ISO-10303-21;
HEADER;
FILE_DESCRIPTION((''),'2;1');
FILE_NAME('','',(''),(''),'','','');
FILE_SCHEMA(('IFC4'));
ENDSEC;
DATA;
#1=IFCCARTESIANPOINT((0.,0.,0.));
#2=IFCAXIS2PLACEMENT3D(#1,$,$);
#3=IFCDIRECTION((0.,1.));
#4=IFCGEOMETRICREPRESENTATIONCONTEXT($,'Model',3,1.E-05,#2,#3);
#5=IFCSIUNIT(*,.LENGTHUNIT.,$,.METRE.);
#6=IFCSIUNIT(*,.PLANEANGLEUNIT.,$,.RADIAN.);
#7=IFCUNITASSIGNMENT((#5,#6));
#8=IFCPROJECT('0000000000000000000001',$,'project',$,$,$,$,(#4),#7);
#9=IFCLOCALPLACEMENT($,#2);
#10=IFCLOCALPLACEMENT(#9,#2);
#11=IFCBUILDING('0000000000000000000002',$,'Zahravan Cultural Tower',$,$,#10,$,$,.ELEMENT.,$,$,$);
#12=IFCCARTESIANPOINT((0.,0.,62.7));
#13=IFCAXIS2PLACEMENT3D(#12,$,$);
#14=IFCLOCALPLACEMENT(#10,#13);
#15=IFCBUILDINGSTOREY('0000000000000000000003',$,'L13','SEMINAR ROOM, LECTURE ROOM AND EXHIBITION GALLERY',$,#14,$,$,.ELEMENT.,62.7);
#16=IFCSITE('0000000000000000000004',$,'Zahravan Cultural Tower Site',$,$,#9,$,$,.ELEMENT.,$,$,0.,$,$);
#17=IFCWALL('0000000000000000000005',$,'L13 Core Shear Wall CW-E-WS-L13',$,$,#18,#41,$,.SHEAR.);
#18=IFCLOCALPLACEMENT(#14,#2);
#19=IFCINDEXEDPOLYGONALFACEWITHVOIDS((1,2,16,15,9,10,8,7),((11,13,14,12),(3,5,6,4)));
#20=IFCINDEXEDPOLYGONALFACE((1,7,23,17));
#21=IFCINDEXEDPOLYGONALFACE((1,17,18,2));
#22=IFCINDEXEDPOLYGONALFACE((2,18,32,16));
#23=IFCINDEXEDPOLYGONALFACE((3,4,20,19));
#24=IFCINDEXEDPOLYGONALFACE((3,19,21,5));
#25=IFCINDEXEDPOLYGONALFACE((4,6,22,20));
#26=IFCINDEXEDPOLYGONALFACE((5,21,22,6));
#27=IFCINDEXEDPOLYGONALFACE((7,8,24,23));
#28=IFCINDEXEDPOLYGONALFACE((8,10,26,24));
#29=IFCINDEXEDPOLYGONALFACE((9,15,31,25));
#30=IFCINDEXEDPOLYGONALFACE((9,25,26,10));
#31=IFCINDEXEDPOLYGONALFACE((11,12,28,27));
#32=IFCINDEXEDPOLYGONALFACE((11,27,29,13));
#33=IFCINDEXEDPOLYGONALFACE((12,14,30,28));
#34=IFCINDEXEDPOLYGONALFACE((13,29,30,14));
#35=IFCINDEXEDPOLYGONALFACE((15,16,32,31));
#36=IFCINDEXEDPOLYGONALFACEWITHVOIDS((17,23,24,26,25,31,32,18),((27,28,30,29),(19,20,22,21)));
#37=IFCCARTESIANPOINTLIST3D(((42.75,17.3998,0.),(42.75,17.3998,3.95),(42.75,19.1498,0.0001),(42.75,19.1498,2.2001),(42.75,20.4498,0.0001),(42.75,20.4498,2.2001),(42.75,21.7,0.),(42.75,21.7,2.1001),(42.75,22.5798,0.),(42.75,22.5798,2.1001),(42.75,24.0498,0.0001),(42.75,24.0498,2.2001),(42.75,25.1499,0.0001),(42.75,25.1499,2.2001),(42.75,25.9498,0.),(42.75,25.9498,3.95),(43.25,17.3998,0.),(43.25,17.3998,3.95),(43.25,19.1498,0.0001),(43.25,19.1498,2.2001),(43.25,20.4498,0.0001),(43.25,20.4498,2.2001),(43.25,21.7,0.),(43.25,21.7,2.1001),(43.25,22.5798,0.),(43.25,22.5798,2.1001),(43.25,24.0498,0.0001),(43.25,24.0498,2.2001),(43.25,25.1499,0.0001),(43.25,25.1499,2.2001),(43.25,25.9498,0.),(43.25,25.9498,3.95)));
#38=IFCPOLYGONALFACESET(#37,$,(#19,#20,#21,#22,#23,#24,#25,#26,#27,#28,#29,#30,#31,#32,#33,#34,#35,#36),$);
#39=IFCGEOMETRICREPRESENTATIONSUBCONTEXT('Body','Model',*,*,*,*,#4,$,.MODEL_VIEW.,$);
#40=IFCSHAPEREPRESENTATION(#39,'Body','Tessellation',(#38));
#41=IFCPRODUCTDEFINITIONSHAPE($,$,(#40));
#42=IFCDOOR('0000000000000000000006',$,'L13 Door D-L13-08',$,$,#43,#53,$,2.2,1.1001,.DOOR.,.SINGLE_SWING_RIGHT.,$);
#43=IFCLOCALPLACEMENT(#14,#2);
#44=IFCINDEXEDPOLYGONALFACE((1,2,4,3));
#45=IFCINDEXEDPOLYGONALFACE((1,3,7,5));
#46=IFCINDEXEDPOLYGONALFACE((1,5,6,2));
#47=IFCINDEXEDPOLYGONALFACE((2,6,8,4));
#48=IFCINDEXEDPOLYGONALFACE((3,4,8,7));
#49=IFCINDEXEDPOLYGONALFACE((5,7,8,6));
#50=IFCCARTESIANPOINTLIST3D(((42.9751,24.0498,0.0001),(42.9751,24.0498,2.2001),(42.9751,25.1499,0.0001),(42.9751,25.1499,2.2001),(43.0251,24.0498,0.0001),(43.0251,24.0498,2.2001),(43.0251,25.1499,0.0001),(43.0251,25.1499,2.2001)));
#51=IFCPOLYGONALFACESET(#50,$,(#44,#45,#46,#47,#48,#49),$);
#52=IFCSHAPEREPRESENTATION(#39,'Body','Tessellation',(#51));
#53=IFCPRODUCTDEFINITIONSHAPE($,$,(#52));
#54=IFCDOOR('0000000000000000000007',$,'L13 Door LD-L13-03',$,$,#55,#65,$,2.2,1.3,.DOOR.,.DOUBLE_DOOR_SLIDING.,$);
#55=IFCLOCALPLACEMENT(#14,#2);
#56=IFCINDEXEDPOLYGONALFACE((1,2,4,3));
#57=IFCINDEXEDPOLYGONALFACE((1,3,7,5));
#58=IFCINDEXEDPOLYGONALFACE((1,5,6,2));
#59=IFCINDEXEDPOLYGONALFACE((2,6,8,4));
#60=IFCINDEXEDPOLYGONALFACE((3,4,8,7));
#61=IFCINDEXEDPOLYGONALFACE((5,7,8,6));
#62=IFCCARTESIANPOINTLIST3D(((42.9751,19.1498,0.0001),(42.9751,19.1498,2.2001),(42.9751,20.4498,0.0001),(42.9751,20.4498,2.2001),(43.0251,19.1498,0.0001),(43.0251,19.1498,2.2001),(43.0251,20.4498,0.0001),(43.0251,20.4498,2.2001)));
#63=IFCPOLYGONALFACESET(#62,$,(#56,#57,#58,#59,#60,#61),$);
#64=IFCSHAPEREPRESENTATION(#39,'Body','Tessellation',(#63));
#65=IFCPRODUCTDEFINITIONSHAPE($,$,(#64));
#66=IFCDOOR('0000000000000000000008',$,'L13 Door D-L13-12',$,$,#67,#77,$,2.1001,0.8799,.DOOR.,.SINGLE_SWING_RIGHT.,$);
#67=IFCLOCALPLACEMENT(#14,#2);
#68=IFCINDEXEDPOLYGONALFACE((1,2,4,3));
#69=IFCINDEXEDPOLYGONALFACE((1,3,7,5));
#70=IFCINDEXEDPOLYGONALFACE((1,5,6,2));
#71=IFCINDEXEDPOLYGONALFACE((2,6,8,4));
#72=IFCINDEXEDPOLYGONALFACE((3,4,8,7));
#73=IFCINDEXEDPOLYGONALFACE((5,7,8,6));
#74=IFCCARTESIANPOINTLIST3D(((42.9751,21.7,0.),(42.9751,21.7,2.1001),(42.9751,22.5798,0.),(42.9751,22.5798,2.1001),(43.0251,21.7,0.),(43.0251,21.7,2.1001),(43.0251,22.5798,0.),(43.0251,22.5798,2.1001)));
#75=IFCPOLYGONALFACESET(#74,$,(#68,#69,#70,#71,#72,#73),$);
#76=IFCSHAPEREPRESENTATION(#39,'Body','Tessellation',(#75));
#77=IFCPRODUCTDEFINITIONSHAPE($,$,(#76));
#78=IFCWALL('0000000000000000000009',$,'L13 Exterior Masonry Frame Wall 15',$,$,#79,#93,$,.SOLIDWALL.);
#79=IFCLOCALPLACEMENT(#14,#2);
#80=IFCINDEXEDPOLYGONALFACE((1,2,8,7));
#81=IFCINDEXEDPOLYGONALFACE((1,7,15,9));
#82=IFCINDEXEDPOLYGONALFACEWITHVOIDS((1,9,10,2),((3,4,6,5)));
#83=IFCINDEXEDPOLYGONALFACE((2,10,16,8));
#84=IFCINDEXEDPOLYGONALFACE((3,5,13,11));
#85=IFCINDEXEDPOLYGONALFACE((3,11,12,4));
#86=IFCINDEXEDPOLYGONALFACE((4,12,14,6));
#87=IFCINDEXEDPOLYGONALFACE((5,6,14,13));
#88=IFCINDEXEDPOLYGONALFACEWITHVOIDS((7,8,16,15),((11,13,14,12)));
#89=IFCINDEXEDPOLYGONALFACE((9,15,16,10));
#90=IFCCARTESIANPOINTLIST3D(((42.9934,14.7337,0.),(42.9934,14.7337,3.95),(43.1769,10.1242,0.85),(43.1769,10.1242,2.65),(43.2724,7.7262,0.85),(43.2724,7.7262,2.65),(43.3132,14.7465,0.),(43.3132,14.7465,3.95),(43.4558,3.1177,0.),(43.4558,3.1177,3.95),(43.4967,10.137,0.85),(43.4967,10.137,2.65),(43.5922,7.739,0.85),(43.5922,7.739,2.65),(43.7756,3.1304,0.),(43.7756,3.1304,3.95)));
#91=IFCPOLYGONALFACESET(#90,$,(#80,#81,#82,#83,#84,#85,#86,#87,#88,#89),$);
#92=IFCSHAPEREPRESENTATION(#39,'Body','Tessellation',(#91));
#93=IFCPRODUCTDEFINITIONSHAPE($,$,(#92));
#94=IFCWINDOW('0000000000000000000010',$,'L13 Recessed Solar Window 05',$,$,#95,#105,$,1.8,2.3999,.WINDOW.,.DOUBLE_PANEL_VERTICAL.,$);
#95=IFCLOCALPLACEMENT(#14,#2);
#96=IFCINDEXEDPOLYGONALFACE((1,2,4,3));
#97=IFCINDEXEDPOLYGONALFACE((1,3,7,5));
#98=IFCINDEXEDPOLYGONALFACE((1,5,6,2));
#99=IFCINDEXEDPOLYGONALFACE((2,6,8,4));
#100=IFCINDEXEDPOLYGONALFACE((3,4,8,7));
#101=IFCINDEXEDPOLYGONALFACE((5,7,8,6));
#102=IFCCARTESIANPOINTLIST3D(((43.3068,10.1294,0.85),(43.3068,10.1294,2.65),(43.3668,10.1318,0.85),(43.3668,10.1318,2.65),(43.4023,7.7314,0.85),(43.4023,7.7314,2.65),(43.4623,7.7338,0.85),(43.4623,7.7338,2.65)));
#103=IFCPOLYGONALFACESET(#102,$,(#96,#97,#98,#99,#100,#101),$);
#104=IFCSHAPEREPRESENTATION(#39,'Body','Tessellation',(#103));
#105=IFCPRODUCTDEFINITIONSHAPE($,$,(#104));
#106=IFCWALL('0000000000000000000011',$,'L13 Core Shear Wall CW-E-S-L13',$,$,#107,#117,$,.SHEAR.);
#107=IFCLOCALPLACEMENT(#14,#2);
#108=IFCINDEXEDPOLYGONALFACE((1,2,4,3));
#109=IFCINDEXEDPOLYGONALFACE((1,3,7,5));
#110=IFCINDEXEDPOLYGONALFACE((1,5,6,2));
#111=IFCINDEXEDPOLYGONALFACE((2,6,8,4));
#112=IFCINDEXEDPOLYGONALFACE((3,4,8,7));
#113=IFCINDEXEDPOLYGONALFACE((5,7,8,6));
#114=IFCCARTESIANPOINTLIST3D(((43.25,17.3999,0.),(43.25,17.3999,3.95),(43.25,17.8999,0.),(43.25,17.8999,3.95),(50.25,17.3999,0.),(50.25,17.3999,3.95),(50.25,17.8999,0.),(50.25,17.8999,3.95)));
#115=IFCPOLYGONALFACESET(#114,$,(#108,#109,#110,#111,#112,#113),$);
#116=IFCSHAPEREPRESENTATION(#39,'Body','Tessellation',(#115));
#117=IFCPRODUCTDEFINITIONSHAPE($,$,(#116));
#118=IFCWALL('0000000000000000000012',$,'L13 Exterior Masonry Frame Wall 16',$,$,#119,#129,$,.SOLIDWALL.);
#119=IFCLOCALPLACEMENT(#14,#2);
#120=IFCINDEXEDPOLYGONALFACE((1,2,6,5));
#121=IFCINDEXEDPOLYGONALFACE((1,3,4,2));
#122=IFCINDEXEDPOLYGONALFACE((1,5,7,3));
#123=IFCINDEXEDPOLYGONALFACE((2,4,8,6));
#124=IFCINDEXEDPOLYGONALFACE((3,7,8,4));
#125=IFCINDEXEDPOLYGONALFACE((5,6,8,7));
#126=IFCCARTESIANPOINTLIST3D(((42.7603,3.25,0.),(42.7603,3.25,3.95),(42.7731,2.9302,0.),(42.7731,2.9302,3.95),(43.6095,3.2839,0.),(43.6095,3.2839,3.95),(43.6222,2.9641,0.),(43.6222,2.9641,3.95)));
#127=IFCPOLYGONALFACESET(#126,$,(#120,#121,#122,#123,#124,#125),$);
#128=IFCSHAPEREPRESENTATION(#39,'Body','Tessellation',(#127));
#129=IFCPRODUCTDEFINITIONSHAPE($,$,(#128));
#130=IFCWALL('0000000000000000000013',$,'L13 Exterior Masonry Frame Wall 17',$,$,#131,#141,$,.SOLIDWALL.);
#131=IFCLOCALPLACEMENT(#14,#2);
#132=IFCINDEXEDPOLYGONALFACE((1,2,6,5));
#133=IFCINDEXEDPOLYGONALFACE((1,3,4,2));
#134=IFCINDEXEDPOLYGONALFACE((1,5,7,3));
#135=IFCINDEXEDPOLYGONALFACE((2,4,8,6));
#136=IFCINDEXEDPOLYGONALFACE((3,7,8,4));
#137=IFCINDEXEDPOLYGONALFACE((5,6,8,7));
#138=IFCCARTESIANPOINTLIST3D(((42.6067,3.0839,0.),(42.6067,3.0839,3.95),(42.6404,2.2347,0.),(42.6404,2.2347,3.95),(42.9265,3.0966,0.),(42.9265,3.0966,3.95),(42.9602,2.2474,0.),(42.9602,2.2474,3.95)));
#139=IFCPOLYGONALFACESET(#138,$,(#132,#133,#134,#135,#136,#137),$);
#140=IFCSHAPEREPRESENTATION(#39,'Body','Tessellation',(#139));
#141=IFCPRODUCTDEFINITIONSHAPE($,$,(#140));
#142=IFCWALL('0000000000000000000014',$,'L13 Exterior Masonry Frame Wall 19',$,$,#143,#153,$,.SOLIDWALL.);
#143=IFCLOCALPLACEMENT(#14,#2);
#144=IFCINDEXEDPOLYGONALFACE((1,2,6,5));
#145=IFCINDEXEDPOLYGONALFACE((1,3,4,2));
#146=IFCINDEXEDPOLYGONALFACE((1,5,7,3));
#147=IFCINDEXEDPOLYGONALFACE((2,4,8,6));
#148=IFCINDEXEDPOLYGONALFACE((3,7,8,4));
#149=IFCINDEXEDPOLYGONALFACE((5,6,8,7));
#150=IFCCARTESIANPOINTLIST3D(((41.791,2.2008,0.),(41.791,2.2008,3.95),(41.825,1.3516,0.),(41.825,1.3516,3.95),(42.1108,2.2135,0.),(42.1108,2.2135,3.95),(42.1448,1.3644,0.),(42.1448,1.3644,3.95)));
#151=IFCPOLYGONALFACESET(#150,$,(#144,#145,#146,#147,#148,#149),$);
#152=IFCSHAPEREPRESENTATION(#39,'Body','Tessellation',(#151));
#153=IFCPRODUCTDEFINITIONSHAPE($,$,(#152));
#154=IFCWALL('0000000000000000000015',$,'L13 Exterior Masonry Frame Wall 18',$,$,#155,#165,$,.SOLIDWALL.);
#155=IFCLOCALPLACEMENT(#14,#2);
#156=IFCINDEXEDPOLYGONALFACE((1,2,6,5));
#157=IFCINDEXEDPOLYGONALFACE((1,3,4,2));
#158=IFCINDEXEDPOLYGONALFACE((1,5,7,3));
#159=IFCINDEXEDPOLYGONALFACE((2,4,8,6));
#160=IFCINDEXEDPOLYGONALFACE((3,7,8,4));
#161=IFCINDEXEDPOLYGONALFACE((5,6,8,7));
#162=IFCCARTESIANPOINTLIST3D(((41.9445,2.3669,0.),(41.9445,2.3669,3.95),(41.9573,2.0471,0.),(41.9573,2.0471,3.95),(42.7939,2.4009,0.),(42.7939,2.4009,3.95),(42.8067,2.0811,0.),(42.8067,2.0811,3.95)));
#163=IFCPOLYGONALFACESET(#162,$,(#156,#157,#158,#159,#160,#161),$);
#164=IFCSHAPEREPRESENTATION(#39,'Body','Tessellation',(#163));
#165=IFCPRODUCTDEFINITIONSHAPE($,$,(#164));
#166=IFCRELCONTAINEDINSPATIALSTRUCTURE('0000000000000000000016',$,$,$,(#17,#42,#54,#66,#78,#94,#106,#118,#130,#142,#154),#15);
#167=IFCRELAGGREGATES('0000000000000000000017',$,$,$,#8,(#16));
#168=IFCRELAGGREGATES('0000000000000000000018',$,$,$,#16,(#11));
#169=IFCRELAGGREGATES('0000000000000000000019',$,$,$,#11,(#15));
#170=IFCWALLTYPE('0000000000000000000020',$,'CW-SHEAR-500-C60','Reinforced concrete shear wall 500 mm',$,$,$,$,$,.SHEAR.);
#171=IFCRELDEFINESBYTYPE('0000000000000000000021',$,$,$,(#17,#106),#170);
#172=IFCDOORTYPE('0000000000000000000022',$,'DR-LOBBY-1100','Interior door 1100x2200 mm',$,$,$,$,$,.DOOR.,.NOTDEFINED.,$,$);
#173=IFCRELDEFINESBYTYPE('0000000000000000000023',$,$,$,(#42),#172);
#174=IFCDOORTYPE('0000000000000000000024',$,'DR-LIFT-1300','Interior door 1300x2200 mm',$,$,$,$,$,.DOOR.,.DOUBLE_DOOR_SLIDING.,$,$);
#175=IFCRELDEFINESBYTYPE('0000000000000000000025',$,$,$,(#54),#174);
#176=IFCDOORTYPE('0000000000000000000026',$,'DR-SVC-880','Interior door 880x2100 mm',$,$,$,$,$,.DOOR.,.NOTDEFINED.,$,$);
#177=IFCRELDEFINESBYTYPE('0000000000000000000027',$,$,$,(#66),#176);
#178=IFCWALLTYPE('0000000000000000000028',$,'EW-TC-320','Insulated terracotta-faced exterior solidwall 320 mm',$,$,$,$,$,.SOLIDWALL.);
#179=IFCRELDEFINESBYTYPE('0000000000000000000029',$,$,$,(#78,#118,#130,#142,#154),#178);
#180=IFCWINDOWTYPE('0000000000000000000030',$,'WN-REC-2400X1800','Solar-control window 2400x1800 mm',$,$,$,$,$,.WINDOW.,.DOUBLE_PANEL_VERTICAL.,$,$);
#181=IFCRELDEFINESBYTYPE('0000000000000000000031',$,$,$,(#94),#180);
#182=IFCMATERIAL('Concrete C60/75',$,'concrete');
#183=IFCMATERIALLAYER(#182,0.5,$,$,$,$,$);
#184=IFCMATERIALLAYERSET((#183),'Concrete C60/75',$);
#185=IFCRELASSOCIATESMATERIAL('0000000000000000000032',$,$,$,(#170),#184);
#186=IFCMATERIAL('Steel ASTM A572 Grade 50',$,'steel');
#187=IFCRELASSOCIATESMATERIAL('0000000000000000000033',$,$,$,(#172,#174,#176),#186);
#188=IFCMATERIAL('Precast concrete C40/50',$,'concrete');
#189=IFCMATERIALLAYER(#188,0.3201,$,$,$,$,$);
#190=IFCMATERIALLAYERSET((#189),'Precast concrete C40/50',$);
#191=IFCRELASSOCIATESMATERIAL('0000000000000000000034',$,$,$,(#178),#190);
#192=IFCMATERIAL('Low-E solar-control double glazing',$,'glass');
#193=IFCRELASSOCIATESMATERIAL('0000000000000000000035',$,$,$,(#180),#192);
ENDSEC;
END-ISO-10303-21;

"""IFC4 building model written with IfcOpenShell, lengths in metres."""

from ifc_helpers import new_model, si_unit, direction, frame, frame_2d, origin, place, context, subcontext, project, spatial, rectangle, extrude, source, transform, mapped, material, layer, layer_set, type_object, element, fill, save


model = new_model("IFC4")

# Units and contexts
model_context = context("Model", 3, precision=1e-05, world=origin(), true_north=direction((0.0, 1.0)))
body_context = subcontext(model_context, "Body", "Model", "MODEL_VIEW")
ifc_project = project(units=[si_unit("LENGTHUNIT", "METRE"), si_unit("PLANEANGLEUNIT", "RADIAN")], contexts=[model_context])

# Site, building, storey
site_placement = place(None, origin())
site = spatial("IfcSite", under=ifc_project, at=site_placement, Name="Zahravan Cultural Tower Site", CompositionType="ELEMENT", RefElevation=0.0)
building_placement = place(site_placement, origin())
building = spatial("IfcBuilding", under=site, at=building_placement, Name="Zahravan Cultural Tower", CompositionType="ELEMENT")
storey_placement = place(building_placement, frame((0.0, 0.0, 62.7)))
storey = spatial("IfcBuildingStorey", under=building, at=storey_placement, Name="L13", Description="SEMINAR ROOM, LECTURE ROOM AND EXHIBITION GALLERY", CompositionType="ELEMENT", Elevation=62.7)

# Shared definitions
ifc_material_1 = material(Name="Concrete C60/75", Category="concrete")
ifc_material_2 = material(Name="Steel ASTM A572 Grade 50", Category="steel")

# Wall, openings, doors
ifc_layer_1 = layer(ifc_material_1, 0.5)
ifc_layer_set_1 = layer_set([ifc_layer_1], Name="Concrete C60/75")
wall_type_1 = type_object("IfcWallType", Name="CW-SHEAR-500-C60", Description="Reinforced concrete shear wall 500 mm", PredefinedType="SHEAR", material=ifc_layer_set_1)
wall_1_placement = place(storey_placement, frame((43.0, 17.3999, 0.0), z_axis=(0.0, 0.0, 1.0), x_axis=(0.0, 1.0, 0.0)))
wall_1 = element("IfcWall", 1, at=wall_1_placement, inside=storey, type_object=wall_type_1, Name="L13 Core Shear Wall CW-E-WS-L13", PredefinedType="SHEAR", context=body_context, shape_type="SweptSolid", body=[
    extrude(rectangle(XDim=8.55, YDim=0.5, at=frame_2d((4.2749, 0.0))), origin(), (0.0, 0.0, 1.0), 3.95),
])
opening_1_placement = place(wall_1_placement, frame((6.6499, 0.0, 0.0)))
opening_1 = element("IfcOpeningElement", 2, at=opening_1_placement, cuts=wall_1, PredefinedType="OPENING", context=body_context, shape_type="SweptSolid", body=[
    extrude(rectangle(XDim=1.1001, YDim=2.2, at=frame_2d((0.55, 1.1001))), frame((0.0, 0.26, 0.0), z_axis=(0.0, -1.0, 0.0), x_axis=(1.0, 0.0, 0.0)), (0.0, 0.0, 1.0), 0.52),
])
opening_2_placement = place(wall_1_placement, frame((1.75, 0.0, 0.0)))
opening_2 = element("IfcOpeningElement", 3, at=opening_2_placement, cuts=wall_1, PredefinedType="OPENING", context=body_context, shape_type="SweptSolid", body=[
    extrude(rectangle(XDim=1.3, YDim=2.2, at=frame_2d((0.6499, 1.1001))), frame((0.0, 0.26, 0.0), z_axis=(0.0, -1.0, 0.0), x_axis=(1.0, 0.0, 0.0)), (0.0, 0.0, 1.0), 0.52),
])
opening_3_placement = place(wall_1_placement, frame((4.3, 0.0, 0.0)))
opening_3 = element("IfcOpeningElement", 4, at=opening_3_placement, cuts=wall_1, PredefinedType="OPENING", context=body_context, shape_type="SweptSolid", body=[
    extrude(rectangle(XDim=0.8799, YDim=2.1001, at=frame_2d((0.4399, 1.05))), frame((0.0, 0.26, 0.0), z_axis=(0.0, -1.0, 0.0), x_axis=(1.0, 0.0, 0.0)), (0.0, 0.0, 1.0), 0.52),
])
door_type_1 = type_object("IfcDoorType", Name="DR-LOBBY-1100", Description="Interior door 1100x2200 mm", OperationType="NOTDEFINED", PredefinedType="DOOR", material=ifc_material_2)
shared_shape_1 = source(origin(), body_context, "Body", "SweptSolid", [
    extrude(rectangle(XDim=1.1001, YDim=2.2, at=frame_2d((0.55, 1.1001))), frame((0.0, 0.0249, 0.0), z_axis=(0.0, -1.0, 0.0), x_axis=(1.0, 0.0, 0.0)), (0.0, 0.0, 1.0), 0.05),
])
door_1_placement = place(opening_1_placement, origin())
door_1 = element("IfcDoor", 5, at=door_1_placement, inside=storey, type_object=door_type_1, Name="L13 Door D-L13-08", OperationType="SINGLE_SWING_RIGHT", OverallHeight=2.2, OverallWidth=1.1001, PredefinedType="DOOR", context=body_context, shape_type="MappedRepresentation", body=[
    mapped(shared_shape_1, transform((0.0, 0.0, 0.0), x_axis=(1.0, 0.0, 0.0), y_axis=(0.0, 1.0, 0.0), z_axis=(0.0, 0.0, 1.0), scale=1.0)),
])
fill(opening_1, door_1)
door_type_2 = type_object("IfcDoorType", Name="DR-LIFT-1300", Description="Interior door 1300x2200 mm", OperationType="DOUBLE_DOOR_SLIDING", PredefinedType="DOOR", material=ifc_material_2)
shared_shape_2 = source(origin(), body_context, "Body", "SweptSolid", [
    extrude(rectangle(XDim=1.3, YDim=2.2, at=frame_2d((0.6499, 1.1001))), frame((0.0, 0.0249, 0.0), z_axis=(0.0, -1.0, 0.0), x_axis=(1.0, 0.0, 0.0)), (0.0, 0.0, 1.0), 0.05),
])
door_2_placement = place(opening_2_placement, origin())
door_2 = element("IfcDoor", 6, at=door_2_placement, inside=storey, type_object=door_type_2, Name="L13 Door LD-L13-03", OperationType="DOUBLE_DOOR_SLIDING", OverallHeight=2.2, OverallWidth=1.3, PredefinedType="DOOR", context=body_context, shape_type="MappedRepresentation", body=[
    mapped(shared_shape_2, transform((0.0, 0.0, 0.0), x_axis=(1.0, 0.0, 0.0), y_axis=(0.0, 1.0, 0.0), z_axis=(0.0, 0.0, 1.0), scale=1.0)),
])
fill(opening_2, door_2)
door_type_3 = type_object("IfcDoorType", Name="DR-SVC-880", Description="Interior door 880x2100 mm", OperationType="NOTDEFINED", PredefinedType="DOOR", material=ifc_material_2)
shared_shape_3 = source(origin(), body_context, "Body", "SweptSolid", [
    extrude(rectangle(XDim=0.8799, YDim=2.1001, at=frame_2d((0.4399, 1.05))), frame((0.0, 0.0249, 0.0), z_axis=(0.0, -1.0, 0.0), x_axis=(1.0, 0.0, 0.0)), (0.0, 0.0, 1.0), 0.05),
])
door_3_placement = place(opening_3_placement, origin())
door_3 = element("IfcDoor", 7, at=door_3_placement, inside=storey, type_object=door_type_3, Name="L13 Door D-L13-12", OperationType="SINGLE_SWING_RIGHT", OverallHeight=2.1001, OverallWidth=0.8799, PredefinedType="DOOR", context=body_context, shape_type="MappedRepresentation", body=[
    mapped(shared_shape_3, transform((0.0, 0.0, 0.0), x_axis=(1.0, 0.0, 0.0), y_axis=(0.0, 1.0, 0.0), z_axis=(0.0, 0.0, 1.0), scale=1.0)),
])
fill(opening_3, door_3)

# Wall, opening, window
ifc_material_3 = material(Name="Precast concrete C40/50", Category="concrete")
ifc_layer_2 = layer(ifc_material_3, 0.3201)
ifc_layer_set_2 = layer_set([ifc_layer_2], Name="Precast concrete C40/50")
wall_type_2 = type_object("IfcWallType", Name="EW-TC-320", Description="Insulated terracotta-faced exterior solidwall 320 mm", PredefinedType="SOLIDWALL", material=ifc_layer_set_2)
wall_2_placement = place(storey_placement, frame((43.1533, 14.74, 0.0), z_axis=(0.0, 0.0, 1.0), x_axis=(0.039776, -0.999209, 0.0)))
wall_2 = element("IfcWall", 8, at=wall_2_placement, inside=storey, type_object=wall_type_2, Name="L13 Exterior Masonry Frame Wall 15", PredefinedType="SOLIDWALL", context=body_context, shape_type="SweptSolid", body=[
    extrude(rectangle(XDim=11.6252, YDim=0.3201, at=frame_2d((5.8125, 0.0))), origin(), (0.0, 0.0, 1.0), 3.95),
])
opening_4_placement = place(wall_2_placement, frame((4.613, 0.0, 0.8501)))
opening_4 = element("IfcOpeningElement", 9, at=opening_4_placement, cuts=wall_2, PredefinedType="OPENING", context=body_context, shape_type="SweptSolid", body=[
    extrude(rectangle(XDim=2.3999, YDim=1.8, at=frame_2d((1.2, 0.8999))), frame((0.0, 0.1699, 0.0), z_axis=(0.0, -1.0, 0.0), x_axis=(1.0, 0.0, 0.0)), (0.0, 0.0, 1.0), 0.3401),
])
ifc_material_4 = material(Name="Low-E solar-control double glazing", Category="glass")
window_type = type_object("IfcWindowType", Name="WN-REC-2400X1800", Description="Solar-control window 2400x1800 mm", PartitioningType="DOUBLE_PANEL_VERTICAL", PredefinedType="WINDOW", material=ifc_material_4)
shared_shape_4 = source(origin(), body_context, "Body", "SweptSolid", [
    extrude(rectangle(XDim=2.3999, YDim=1.8, at=frame_2d((1.2, 0.8999))), frame((0.0, 0.03, 0.0), z_axis=(0.0, -1.0, 0.0), x_axis=(1.0, 0.0, 0.0)), (0.0, 0.0, 1.0), 0.0601),
])
window_placement = place(opening_4_placement, origin())
window = element("IfcWindow", 10, at=window_placement, inside=storey, type_object=window_type, Name="L13 Recessed Solar Window 05", OverallHeight=1.8, OverallWidth=2.3999, PartitioningType="DOUBLE_PANEL_VERTICAL", PredefinedType="WINDOW", context=body_context, shape_type="MappedRepresentation", body=[
    mapped(shared_shape_4, transform((0.0, 0.0, 0.0), x_axis=(1.0, 0.0, 0.0), y_axis=(0.0, 1.0, 0.0), z_axis=(0.0, 0.0, 1.0), scale=1.0)),
])
fill(opening_4, window)

# Walls
shared_shape_5 = source(origin(), body_context, "Body", "SweptSolid", [
    extrude(rectangle(XDim=7.0, YDim=0.5, at=frame_2d((3.5, 0.0))), origin(), (0.0, 0.0, 1.0), 3.95),
])
wall_3_placement = place(storey_placement, frame((43.25, 17.6499, 0.0), z_axis=(0.0, 0.0, 1.0), x_axis=(1.0, 0.0, 0.0)))
element("IfcWall", 11, at=wall_3_placement, inside=storey, type_object=wall_type_1, Name="L13 Core Shear Wall CW-E-S-L13", PredefinedType="SHEAR", context=body_context, shape_type="MappedRepresentation", body=[
    mapped(shared_shape_5, transform((0.0, 0.0, 0.0), x_axis=(1.0, 0.0, 0.0), y_axis=(0.0, 1.0, 0.0), z_axis=(0.0, 0.0, 1.0), scale=1.0)),
])
shared_shape_6 = source(origin(), body_context, "Body", "SweptSolid", [
    extrude(rectangle(XDim=0.8499, YDim=0.3201, at=frame_2d((0.4248, 0.0))), origin(), (0.0, 0.0, 1.0), 3.95),
])
for number, where, z_axis, x_axis, name in (
    (12, (43.6157, 3.124, 0.0), (0.0, 0.0, 1.0), (-0.999202, -0.039934, 0.0), "L13 Exterior Masonry Frame Wall 16"),
    (13, (42.7666, 3.0901, 0.0), (0.0, 0.0, 1.0), (0.039647, -0.999214, 0.0), "L13 Exterior Masonry Frame Wall 17"),
    (14, (41.9509, 2.207, 0.0), (0.0, 0.0, 1.0), (0.039934, -0.999202, 0.0), "L13 Exterior Masonry Frame Wall 19"),
):
    element("IfcWall", number, at=place(storey_placement, frame(where, z_axis=z_axis, x_axis=x_axis)), inside=storey, type_object=wall_type_2, Name=name, PredefinedType="SOLIDWALL", context=body_context, shape_type="MappedRepresentation", body=[
        mapped(shared_shape_6, transform((0.0, 0.0, 0.0), x_axis=(1.0, 0.0, 0.0), y_axis=(0.0, 1.0, 0.0), z_axis=(0.0, 0.0, 1.0), scale=1.0)),
    ])
shared_shape_7 = source(origin(), body_context, "Body", "SweptSolid", [
    extrude(rectangle(XDim=0.8501, YDim=0.3201, at=frame_2d((0.425, 0.0))), origin(), (0.0, 0.0, 1.0), 3.95),
])
wall_4_placement = place(storey_placement, frame((42.8003, 2.241, 0.0), z_axis=(0.0, 0.0, 1.0), x_axis=(-0.999203, -0.039922, 0.0)))
element("IfcWall", 15, at=wall_4_placement, inside=storey, type_object=wall_type_2, Name="L13 Exterior Masonry Frame Wall 18", PredefinedType="SOLIDWALL", context=body_context, shape_type="MappedRepresentation", body=[
    mapped(shared_shape_7, transform((0.0, 0.0, 0.0), x_axis=(1.0, 0.0, 0.0), y_axis=(0.0, 1.0, 0.0), z_axis=(0.0, 0.0, 1.0), scale=1.0)),
])

save(model, "model.ifc")
